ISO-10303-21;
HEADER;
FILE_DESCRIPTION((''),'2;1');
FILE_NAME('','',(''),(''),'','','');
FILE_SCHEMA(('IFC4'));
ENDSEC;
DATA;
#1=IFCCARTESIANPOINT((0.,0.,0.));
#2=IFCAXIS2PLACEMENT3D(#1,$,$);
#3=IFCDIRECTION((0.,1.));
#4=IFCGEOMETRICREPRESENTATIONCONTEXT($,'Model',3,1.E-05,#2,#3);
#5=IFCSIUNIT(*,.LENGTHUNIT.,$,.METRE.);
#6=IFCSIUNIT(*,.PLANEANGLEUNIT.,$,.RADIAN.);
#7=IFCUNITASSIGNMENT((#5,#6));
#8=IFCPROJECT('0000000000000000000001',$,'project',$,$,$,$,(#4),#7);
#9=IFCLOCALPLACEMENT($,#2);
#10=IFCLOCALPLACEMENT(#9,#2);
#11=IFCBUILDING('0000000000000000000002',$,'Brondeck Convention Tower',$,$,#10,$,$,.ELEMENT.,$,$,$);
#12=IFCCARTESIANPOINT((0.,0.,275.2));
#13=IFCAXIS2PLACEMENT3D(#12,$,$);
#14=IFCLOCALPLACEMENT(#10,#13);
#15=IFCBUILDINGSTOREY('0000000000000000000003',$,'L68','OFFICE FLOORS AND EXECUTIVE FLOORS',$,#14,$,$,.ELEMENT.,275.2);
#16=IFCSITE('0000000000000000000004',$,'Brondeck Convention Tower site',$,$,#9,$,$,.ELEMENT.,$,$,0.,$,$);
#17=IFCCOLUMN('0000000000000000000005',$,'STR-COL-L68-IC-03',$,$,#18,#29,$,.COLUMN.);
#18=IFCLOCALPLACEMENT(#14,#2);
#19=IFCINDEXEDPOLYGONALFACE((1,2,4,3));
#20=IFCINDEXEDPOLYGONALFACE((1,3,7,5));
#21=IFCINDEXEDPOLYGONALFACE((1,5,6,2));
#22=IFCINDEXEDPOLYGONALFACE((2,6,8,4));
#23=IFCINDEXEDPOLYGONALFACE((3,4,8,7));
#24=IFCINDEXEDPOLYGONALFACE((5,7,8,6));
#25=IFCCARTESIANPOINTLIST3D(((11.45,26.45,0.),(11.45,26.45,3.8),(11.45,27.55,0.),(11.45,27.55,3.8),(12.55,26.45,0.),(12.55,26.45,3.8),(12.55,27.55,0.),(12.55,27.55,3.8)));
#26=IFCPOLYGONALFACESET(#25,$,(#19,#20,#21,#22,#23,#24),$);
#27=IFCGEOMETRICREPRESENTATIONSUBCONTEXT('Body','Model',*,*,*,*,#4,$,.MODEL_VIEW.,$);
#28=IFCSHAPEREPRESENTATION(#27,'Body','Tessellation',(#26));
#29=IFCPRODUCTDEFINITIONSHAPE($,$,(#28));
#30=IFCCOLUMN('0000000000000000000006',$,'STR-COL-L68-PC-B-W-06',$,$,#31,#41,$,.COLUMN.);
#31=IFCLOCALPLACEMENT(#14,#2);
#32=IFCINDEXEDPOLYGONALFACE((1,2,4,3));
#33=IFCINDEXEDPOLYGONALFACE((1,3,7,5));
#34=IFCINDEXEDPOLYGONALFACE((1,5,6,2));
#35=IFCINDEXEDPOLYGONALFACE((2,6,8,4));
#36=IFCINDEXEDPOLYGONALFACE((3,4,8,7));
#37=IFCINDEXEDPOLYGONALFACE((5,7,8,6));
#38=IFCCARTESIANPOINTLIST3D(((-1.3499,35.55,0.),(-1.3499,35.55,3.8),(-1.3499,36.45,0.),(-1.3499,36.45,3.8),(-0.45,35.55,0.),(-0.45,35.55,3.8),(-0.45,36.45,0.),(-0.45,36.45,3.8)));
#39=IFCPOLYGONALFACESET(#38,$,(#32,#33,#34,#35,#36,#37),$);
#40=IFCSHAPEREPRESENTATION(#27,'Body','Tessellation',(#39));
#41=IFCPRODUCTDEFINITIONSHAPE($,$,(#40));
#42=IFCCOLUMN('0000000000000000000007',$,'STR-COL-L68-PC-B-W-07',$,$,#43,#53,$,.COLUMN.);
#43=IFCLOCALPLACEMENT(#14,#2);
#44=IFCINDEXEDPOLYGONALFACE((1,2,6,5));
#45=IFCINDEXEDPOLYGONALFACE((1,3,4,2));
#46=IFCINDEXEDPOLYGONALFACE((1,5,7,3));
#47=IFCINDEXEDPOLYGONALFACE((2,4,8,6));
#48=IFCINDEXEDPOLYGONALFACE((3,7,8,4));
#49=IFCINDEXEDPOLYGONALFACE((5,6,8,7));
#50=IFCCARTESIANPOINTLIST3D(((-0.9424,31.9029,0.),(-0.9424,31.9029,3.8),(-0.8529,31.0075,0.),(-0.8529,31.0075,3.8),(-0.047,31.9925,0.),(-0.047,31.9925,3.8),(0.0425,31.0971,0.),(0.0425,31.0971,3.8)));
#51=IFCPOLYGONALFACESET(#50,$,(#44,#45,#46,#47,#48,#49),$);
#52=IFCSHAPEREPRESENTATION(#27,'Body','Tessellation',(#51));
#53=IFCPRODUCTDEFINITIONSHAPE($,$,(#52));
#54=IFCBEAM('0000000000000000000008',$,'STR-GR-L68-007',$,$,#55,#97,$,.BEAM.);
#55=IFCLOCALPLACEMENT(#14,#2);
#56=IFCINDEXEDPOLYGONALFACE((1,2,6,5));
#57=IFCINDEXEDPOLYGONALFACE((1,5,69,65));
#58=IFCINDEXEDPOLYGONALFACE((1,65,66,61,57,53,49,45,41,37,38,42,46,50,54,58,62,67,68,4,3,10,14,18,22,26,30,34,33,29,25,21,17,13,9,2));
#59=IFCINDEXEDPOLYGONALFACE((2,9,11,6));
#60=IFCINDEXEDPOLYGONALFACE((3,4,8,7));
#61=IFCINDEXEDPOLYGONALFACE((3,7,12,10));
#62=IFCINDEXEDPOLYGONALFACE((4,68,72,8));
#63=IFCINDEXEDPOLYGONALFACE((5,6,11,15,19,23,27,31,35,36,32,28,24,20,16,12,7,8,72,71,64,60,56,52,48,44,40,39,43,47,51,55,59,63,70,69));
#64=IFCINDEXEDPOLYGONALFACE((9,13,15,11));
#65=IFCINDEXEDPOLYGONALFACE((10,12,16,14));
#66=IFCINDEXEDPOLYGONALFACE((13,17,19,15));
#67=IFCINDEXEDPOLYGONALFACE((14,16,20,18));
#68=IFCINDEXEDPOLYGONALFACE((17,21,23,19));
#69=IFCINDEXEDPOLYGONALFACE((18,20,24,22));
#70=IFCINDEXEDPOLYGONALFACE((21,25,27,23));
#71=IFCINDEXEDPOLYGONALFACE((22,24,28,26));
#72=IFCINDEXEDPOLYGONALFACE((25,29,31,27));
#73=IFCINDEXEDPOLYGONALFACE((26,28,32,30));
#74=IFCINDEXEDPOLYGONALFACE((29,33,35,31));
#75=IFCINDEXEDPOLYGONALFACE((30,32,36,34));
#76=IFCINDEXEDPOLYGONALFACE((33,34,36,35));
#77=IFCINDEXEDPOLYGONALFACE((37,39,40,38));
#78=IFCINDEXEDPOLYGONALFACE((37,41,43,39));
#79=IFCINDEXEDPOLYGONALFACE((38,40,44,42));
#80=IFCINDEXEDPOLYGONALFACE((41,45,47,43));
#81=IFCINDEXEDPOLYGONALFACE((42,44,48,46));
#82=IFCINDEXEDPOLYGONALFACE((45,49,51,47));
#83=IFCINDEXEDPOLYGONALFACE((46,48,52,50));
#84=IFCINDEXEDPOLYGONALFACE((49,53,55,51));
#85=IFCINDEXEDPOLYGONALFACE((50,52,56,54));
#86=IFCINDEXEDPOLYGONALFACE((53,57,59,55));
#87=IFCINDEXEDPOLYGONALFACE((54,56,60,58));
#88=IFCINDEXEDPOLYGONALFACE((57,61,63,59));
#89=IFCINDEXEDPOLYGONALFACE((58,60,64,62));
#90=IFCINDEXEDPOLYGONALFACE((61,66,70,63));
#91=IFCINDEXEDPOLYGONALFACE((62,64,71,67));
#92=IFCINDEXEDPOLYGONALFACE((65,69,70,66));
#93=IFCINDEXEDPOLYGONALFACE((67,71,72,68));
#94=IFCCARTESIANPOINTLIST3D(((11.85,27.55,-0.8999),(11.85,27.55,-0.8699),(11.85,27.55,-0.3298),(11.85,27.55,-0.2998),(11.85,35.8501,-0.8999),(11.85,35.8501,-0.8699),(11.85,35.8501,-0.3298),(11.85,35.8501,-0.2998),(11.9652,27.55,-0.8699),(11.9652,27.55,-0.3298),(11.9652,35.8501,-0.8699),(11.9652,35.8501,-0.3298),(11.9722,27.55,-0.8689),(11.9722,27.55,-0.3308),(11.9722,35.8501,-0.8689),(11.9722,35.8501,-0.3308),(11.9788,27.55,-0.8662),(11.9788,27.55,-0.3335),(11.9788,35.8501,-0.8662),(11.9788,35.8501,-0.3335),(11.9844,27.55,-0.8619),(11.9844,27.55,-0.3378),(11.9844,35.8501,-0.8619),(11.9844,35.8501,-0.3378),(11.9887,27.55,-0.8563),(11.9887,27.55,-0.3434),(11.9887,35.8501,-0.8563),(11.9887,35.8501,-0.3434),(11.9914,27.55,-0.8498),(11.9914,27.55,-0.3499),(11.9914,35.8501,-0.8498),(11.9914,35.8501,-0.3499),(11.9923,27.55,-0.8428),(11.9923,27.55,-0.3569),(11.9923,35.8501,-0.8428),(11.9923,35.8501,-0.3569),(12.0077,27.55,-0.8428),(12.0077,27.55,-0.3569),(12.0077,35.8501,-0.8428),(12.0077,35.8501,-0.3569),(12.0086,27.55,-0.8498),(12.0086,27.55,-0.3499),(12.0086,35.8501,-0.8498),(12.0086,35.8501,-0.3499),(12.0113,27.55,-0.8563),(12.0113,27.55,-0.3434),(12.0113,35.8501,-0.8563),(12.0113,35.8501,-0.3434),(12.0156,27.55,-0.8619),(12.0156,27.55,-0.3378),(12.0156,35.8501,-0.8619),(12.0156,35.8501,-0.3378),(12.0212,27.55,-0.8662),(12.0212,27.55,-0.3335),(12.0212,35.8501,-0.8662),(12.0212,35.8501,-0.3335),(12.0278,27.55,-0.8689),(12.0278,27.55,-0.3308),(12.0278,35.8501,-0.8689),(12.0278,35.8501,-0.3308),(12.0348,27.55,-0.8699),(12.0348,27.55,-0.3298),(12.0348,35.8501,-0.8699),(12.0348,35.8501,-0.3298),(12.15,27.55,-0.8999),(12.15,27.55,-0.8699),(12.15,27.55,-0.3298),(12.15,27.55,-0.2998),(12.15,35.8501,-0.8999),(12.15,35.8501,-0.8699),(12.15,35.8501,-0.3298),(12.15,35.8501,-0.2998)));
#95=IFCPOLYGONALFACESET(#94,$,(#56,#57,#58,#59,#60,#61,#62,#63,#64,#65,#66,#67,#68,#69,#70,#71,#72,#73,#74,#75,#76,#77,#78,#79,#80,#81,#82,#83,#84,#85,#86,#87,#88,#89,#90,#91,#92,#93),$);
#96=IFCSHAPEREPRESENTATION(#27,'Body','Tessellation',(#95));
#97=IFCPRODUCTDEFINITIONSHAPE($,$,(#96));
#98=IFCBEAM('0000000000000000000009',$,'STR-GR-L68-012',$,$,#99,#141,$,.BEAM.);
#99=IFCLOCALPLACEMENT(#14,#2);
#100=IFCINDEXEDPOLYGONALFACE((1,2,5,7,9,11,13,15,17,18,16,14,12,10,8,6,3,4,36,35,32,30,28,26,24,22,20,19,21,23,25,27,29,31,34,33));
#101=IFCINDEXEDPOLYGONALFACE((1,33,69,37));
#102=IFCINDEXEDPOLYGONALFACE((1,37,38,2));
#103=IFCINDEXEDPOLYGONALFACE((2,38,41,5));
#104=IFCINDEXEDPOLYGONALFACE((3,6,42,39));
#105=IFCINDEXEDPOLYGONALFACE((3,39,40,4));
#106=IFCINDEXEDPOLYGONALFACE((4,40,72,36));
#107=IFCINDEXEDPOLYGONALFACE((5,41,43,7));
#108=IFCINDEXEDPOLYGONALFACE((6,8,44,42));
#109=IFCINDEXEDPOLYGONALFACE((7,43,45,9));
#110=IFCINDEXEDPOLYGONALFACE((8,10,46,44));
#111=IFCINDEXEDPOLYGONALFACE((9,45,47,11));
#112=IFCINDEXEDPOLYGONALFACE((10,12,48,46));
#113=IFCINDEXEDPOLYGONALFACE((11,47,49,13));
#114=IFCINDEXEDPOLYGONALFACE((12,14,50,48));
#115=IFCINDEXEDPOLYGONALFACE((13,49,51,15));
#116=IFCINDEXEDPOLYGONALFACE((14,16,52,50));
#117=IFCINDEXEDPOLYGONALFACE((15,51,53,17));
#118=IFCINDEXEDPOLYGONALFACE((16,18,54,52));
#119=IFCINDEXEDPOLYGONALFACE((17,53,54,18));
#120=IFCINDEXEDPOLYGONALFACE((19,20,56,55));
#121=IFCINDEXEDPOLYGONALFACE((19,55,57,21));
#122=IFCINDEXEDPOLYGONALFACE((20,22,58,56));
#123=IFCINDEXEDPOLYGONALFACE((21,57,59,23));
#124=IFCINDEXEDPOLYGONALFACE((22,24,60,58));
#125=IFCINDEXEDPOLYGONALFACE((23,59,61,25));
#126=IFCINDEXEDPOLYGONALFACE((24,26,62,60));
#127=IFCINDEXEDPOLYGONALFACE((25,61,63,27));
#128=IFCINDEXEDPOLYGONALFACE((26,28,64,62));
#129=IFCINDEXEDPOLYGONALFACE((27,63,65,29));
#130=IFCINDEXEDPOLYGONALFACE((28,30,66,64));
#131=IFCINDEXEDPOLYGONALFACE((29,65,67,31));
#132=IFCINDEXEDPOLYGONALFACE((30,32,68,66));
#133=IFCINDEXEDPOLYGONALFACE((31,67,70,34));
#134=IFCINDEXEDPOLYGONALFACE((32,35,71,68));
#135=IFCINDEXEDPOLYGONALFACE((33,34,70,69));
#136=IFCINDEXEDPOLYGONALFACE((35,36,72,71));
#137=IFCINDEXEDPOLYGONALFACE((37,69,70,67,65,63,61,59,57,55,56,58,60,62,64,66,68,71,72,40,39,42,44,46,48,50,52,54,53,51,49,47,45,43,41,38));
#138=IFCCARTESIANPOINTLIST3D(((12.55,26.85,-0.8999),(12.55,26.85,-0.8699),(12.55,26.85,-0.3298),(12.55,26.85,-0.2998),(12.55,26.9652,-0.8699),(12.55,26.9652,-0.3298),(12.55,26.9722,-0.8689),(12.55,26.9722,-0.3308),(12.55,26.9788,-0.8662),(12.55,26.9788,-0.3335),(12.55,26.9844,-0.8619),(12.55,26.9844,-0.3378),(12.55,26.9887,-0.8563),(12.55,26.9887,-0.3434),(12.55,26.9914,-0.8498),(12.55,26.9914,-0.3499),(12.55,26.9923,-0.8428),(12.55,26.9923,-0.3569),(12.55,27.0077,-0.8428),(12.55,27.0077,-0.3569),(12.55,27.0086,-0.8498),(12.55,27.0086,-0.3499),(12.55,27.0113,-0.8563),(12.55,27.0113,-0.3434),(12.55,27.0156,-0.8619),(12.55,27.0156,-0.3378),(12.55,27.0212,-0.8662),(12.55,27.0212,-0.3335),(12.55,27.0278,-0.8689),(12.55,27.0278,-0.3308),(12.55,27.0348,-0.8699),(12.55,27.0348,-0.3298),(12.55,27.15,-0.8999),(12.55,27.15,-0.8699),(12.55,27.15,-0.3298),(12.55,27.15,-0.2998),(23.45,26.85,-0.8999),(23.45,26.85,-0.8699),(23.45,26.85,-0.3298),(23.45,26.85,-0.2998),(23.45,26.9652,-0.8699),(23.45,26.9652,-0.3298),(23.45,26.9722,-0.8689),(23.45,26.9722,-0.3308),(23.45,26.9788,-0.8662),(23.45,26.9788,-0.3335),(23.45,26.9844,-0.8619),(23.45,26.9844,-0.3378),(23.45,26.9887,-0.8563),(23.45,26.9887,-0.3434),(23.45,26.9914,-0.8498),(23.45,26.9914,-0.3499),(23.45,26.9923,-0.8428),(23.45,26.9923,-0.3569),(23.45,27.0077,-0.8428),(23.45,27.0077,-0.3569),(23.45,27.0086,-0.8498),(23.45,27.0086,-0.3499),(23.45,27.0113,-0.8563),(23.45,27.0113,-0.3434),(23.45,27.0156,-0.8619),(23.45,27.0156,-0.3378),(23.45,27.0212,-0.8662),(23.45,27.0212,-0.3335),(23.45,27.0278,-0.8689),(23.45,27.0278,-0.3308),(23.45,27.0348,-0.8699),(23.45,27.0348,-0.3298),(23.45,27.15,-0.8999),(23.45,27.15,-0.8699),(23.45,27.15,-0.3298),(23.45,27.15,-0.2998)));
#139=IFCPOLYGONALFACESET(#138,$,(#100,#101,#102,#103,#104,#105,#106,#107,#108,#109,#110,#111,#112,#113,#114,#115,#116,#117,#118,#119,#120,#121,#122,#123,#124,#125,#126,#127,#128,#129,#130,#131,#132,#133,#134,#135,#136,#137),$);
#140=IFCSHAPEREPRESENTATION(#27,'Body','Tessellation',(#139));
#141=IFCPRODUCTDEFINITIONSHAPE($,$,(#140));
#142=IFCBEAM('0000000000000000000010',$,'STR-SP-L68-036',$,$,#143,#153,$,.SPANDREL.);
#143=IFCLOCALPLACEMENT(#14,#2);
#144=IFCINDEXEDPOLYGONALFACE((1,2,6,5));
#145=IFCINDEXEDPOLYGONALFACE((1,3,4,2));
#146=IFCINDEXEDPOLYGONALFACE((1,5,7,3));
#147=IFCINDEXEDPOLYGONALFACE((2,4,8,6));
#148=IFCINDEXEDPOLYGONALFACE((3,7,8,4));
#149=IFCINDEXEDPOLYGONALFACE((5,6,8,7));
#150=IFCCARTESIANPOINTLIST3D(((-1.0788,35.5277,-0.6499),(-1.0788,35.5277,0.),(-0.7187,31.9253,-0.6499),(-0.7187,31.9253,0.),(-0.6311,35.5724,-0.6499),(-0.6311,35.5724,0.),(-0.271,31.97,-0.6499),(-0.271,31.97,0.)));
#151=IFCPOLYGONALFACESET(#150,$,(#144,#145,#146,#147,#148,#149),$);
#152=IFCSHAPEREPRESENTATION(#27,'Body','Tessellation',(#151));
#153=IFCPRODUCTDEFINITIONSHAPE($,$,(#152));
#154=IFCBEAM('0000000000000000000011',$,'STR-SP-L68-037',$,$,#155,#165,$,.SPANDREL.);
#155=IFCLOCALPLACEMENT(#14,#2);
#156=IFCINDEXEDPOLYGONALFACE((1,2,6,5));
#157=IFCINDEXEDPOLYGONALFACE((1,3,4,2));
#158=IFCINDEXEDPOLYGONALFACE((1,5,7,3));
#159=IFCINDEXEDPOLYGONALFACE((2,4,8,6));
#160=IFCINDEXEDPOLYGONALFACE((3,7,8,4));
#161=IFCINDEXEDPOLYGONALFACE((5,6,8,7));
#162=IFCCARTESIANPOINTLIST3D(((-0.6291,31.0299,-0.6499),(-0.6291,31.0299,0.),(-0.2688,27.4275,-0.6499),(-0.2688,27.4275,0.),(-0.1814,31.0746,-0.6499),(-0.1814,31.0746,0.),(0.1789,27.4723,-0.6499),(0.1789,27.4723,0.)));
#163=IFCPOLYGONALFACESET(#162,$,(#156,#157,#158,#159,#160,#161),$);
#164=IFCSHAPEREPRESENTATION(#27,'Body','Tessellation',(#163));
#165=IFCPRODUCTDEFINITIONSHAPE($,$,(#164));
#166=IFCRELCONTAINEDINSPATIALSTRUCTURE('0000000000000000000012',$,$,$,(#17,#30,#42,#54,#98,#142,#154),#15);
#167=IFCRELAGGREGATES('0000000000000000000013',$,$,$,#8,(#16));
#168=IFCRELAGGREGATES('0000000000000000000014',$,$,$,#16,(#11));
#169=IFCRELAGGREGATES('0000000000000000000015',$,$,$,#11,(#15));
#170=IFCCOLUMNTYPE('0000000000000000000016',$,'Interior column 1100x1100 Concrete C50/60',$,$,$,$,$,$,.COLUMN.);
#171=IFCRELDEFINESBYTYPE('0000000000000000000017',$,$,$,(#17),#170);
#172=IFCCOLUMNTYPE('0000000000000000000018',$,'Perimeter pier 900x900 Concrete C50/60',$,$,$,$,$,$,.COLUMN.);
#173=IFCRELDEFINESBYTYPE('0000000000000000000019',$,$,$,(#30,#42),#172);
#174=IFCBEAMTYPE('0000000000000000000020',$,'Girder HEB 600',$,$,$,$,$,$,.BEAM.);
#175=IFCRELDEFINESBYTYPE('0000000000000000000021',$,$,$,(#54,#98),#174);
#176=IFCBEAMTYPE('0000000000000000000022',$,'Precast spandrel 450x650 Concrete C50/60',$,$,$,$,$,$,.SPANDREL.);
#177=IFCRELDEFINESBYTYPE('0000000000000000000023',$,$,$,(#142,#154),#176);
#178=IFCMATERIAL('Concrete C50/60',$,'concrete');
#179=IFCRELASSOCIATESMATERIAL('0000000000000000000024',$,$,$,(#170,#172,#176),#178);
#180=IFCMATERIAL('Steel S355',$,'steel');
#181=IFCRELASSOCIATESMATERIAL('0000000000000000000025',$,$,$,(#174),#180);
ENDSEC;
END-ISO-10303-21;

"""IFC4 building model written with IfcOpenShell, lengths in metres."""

from ifc_helpers import new_model, si_unit, direction, frame, origin, origin_2d, place, context, subcontext, project, spatial, rectangle, i_section, extrude, material, material_profile, profile_set, type_object, element, save


model = new_model("IFC4")

# Units and contexts
model_context = context("Model", 3, precision=1e-05, world=origin(), true_north=direction((0.0, 1.0)))
body_context = subcontext(model_context, "Body", "Model", "MODEL_VIEW")
ifc_project = project(units=[si_unit("LENGTHUNIT", "METRE"), si_unit("PLANEANGLEUNIT", "RADIAN")], contexts=[model_context])

# Site, building, storey
site_placement = place(None, origin())
site = spatial("IfcSite", under=ifc_project, at=site_placement, Name="Brondeck Convention Tower site", CompositionType="ELEMENT", RefElevation=0.0)
building_placement = place(site_placement, origin())
building = spatial("IfcBuilding", under=site, at=building_placement, Name="Brondeck Convention Tower", CompositionType="ELEMENT")
storey_placement = place(building_placement, frame((0.0, 0.0, 275.2)))
storey = spatial("IfcBuildingStorey", under=building, at=storey_placement, Name="L68", Description="OFFICE FLOORS AND EXECUTIVE FLOORS", CompositionType="ELEMENT", Elevation=275.2)

# Columns
ifc_material_1 = material(Name="Concrete C50/60", Category="concrete")
ifc_material_profile_1 = material_profile(ifc_material_1, rectangle(XDim=1.1001, YDim=1.1001, at=origin_2d()), Name="Interior column 1100x1100 Concrete C50/60")
ifc_profile_set_1 = profile_set([ifc_material_profile_1], Name="Concrete C50/60")
column_type_1 = type_object("IfcColumnType", Name="Interior column 1100x1100 Concrete C50/60", PredefinedType="COLUMN", material=ifc_profile_set_1)
column_placement = place(storey_placement, frame((12.0, 27.0, 0.0), z_axis=(0.0, 0.0, 1.0), x_axis=(1.0, 0.0, 0.0)))
element("IfcColumn", 1, at=column_placement, inside=storey, type_object=column_type_1, Name="STR-COL-L68-IC-03", PredefinedType="COLUMN", context=body_context, shape_type="SweptSolid", body=[
    extrude(rectangle(XDim=1.1001, YDim=1.1001, at=origin_2d()), origin(), (0.0, 0.0, 1.0), 3.8),
])
ifc_material_profile_2 = material_profile(ifc_material_1, rectangle(XDim=0.8999, YDim=0.8999, at=origin_2d()), Name="Perimeter pier 900x900 Concrete C50/60")
ifc_profile_set_2 = profile_set([ifc_material_profile_2], Name="Concrete C50/60")
column_type_2 = type_object("IfcColumnType", Name="Perimeter pier 900x900 Concrete C50/60", PredefinedType="COLUMN", material=ifc_profile_set_2)
for number, where, z_axis, x_axis, name in (
    (2, (-0.8999, 36.0, 0.0), (0.0, 0.0, 1.0), (0.0, -1.0, 0.0), "STR-COL-L68-PC-B-W-06"),
    (3, (-0.45, 31.5, 0.0), (0.0, 0.0, 1.0), (0.099504, -0.995037, 0.0), "STR-COL-L68-PC-B-W-07"),
):
    element("IfcColumn", number, at=place(storey_placement, frame(where, z_axis=z_axis, x_axis=x_axis)), inside=storey, type_object=column_type_2, Name=name, PredefinedType="COLUMN", context=body_context, shape_type="SweptSolid", body=[
        extrude(rectangle(XDim=0.8999, YDim=0.8999, at=origin_2d()), origin(), (0.0, 0.0, 1.0), 3.8),
    ])

# Beams
ifc_material_2 = material(Name="Steel S355", Category="steel")
ifc_material_profile_3 = material_profile(ifc_material_2, i_section(OverallWidth=0.3, OverallDepth=0.6001, WebThickness=0.0154, FlangeThickness=0.03, FilletRadius=0.0271, at=origin_2d()), Name="HEB 600")
ifc_profile_set_3 = profile_set([ifc_material_profile_3], Name="Steel S355")
beam_type_1 = type_object("IfcBeamType", Name="Girder HEB 600", PredefinedType="BEAM", material=ifc_profile_set_3)
beam_1_placement = place(storey_placement, frame((12.0, 35.8501, -0.5999), z_axis=(0.0, -1.0, 0.0), x_axis=(1.0, 0.0, 0.0)))
element("IfcBeam", 4, at=beam_1_placement, inside=storey, type_object=beam_type_1, Name="STR-GR-L68-007", PredefinedType="BEAM", context=body_context, shape_type="SweptSolid", body=[
    extrude(i_section(OverallWidth=0.3, OverallDepth=0.6001, WebThickness=0.0154, FlangeThickness=0.03, FilletRadius=0.0271, at=origin_2d()), origin(), (0.0, 0.0, 1.0), 8.3),
])
beam_2_placement = place(storey_placement, frame((12.55, 27.0, -0.5999), z_axis=(1.0, 0.0, 0.0), x_axis=(0.0, 1.0, 0.0)))
element("IfcBeam", 5, at=beam_2_placement, inside=storey, type_object=beam_type_1, Name="STR-GR-L68-012", PredefinedType="BEAM", context=body_context, shape_type="SweptSolid", body=[
    extrude(i_section(OverallWidth=0.3, OverallDepth=0.6001, WebThickness=0.0154, FlangeThickness=0.03, FilletRadius=0.0271, at=origin_2d()), origin(), (0.0, 0.0, 1.0), 10.8999),
])
ifc_material_profile_4 = material_profile(ifc_material_1, rectangle(XDim=0.45, YDim=0.6499, at=origin_2d()), Name="Precast spandrel 450x650 Concrete C50/60")
ifc_profile_set_4 = profile_set([ifc_material_profile_4], Name="Concrete C50/60")
beam_type_2 = type_object("IfcBeamType", Name="Precast spandrel 450x650 Concrete C50/60", PredefinedType="SPANDREL", material=ifc_profile_set_4)
for number, where, z_axis, x_axis, name in (
    (6, (-0.855, 35.55, -0.325), (0.09947, -0.995041, 0.0), (0.995041, 0.09947, 0.0), "STR-SP-L68-036"),
    (7, (-0.4053, 31.0522, -0.325), (0.099537, -0.995034, 0.0), (0.995034, 0.099537, 0.0), "STR-SP-L68-037"),
):
    element("IfcBeam", number, at=place(storey_placement, frame(where, z_axis=z_axis, x_axis=x_axis)), inside=storey, type_object=beam_type_2, Name=name, PredefinedType="SPANDREL", context=body_context, shape_type="SweptSolid", body=[
        extrude(rectangle(XDim=0.45, YDim=0.6499, at=origin_2d()), origin(), (0.0, 0.0, 1.0), 3.6204),
    ])

save(model, "model.ifc")
